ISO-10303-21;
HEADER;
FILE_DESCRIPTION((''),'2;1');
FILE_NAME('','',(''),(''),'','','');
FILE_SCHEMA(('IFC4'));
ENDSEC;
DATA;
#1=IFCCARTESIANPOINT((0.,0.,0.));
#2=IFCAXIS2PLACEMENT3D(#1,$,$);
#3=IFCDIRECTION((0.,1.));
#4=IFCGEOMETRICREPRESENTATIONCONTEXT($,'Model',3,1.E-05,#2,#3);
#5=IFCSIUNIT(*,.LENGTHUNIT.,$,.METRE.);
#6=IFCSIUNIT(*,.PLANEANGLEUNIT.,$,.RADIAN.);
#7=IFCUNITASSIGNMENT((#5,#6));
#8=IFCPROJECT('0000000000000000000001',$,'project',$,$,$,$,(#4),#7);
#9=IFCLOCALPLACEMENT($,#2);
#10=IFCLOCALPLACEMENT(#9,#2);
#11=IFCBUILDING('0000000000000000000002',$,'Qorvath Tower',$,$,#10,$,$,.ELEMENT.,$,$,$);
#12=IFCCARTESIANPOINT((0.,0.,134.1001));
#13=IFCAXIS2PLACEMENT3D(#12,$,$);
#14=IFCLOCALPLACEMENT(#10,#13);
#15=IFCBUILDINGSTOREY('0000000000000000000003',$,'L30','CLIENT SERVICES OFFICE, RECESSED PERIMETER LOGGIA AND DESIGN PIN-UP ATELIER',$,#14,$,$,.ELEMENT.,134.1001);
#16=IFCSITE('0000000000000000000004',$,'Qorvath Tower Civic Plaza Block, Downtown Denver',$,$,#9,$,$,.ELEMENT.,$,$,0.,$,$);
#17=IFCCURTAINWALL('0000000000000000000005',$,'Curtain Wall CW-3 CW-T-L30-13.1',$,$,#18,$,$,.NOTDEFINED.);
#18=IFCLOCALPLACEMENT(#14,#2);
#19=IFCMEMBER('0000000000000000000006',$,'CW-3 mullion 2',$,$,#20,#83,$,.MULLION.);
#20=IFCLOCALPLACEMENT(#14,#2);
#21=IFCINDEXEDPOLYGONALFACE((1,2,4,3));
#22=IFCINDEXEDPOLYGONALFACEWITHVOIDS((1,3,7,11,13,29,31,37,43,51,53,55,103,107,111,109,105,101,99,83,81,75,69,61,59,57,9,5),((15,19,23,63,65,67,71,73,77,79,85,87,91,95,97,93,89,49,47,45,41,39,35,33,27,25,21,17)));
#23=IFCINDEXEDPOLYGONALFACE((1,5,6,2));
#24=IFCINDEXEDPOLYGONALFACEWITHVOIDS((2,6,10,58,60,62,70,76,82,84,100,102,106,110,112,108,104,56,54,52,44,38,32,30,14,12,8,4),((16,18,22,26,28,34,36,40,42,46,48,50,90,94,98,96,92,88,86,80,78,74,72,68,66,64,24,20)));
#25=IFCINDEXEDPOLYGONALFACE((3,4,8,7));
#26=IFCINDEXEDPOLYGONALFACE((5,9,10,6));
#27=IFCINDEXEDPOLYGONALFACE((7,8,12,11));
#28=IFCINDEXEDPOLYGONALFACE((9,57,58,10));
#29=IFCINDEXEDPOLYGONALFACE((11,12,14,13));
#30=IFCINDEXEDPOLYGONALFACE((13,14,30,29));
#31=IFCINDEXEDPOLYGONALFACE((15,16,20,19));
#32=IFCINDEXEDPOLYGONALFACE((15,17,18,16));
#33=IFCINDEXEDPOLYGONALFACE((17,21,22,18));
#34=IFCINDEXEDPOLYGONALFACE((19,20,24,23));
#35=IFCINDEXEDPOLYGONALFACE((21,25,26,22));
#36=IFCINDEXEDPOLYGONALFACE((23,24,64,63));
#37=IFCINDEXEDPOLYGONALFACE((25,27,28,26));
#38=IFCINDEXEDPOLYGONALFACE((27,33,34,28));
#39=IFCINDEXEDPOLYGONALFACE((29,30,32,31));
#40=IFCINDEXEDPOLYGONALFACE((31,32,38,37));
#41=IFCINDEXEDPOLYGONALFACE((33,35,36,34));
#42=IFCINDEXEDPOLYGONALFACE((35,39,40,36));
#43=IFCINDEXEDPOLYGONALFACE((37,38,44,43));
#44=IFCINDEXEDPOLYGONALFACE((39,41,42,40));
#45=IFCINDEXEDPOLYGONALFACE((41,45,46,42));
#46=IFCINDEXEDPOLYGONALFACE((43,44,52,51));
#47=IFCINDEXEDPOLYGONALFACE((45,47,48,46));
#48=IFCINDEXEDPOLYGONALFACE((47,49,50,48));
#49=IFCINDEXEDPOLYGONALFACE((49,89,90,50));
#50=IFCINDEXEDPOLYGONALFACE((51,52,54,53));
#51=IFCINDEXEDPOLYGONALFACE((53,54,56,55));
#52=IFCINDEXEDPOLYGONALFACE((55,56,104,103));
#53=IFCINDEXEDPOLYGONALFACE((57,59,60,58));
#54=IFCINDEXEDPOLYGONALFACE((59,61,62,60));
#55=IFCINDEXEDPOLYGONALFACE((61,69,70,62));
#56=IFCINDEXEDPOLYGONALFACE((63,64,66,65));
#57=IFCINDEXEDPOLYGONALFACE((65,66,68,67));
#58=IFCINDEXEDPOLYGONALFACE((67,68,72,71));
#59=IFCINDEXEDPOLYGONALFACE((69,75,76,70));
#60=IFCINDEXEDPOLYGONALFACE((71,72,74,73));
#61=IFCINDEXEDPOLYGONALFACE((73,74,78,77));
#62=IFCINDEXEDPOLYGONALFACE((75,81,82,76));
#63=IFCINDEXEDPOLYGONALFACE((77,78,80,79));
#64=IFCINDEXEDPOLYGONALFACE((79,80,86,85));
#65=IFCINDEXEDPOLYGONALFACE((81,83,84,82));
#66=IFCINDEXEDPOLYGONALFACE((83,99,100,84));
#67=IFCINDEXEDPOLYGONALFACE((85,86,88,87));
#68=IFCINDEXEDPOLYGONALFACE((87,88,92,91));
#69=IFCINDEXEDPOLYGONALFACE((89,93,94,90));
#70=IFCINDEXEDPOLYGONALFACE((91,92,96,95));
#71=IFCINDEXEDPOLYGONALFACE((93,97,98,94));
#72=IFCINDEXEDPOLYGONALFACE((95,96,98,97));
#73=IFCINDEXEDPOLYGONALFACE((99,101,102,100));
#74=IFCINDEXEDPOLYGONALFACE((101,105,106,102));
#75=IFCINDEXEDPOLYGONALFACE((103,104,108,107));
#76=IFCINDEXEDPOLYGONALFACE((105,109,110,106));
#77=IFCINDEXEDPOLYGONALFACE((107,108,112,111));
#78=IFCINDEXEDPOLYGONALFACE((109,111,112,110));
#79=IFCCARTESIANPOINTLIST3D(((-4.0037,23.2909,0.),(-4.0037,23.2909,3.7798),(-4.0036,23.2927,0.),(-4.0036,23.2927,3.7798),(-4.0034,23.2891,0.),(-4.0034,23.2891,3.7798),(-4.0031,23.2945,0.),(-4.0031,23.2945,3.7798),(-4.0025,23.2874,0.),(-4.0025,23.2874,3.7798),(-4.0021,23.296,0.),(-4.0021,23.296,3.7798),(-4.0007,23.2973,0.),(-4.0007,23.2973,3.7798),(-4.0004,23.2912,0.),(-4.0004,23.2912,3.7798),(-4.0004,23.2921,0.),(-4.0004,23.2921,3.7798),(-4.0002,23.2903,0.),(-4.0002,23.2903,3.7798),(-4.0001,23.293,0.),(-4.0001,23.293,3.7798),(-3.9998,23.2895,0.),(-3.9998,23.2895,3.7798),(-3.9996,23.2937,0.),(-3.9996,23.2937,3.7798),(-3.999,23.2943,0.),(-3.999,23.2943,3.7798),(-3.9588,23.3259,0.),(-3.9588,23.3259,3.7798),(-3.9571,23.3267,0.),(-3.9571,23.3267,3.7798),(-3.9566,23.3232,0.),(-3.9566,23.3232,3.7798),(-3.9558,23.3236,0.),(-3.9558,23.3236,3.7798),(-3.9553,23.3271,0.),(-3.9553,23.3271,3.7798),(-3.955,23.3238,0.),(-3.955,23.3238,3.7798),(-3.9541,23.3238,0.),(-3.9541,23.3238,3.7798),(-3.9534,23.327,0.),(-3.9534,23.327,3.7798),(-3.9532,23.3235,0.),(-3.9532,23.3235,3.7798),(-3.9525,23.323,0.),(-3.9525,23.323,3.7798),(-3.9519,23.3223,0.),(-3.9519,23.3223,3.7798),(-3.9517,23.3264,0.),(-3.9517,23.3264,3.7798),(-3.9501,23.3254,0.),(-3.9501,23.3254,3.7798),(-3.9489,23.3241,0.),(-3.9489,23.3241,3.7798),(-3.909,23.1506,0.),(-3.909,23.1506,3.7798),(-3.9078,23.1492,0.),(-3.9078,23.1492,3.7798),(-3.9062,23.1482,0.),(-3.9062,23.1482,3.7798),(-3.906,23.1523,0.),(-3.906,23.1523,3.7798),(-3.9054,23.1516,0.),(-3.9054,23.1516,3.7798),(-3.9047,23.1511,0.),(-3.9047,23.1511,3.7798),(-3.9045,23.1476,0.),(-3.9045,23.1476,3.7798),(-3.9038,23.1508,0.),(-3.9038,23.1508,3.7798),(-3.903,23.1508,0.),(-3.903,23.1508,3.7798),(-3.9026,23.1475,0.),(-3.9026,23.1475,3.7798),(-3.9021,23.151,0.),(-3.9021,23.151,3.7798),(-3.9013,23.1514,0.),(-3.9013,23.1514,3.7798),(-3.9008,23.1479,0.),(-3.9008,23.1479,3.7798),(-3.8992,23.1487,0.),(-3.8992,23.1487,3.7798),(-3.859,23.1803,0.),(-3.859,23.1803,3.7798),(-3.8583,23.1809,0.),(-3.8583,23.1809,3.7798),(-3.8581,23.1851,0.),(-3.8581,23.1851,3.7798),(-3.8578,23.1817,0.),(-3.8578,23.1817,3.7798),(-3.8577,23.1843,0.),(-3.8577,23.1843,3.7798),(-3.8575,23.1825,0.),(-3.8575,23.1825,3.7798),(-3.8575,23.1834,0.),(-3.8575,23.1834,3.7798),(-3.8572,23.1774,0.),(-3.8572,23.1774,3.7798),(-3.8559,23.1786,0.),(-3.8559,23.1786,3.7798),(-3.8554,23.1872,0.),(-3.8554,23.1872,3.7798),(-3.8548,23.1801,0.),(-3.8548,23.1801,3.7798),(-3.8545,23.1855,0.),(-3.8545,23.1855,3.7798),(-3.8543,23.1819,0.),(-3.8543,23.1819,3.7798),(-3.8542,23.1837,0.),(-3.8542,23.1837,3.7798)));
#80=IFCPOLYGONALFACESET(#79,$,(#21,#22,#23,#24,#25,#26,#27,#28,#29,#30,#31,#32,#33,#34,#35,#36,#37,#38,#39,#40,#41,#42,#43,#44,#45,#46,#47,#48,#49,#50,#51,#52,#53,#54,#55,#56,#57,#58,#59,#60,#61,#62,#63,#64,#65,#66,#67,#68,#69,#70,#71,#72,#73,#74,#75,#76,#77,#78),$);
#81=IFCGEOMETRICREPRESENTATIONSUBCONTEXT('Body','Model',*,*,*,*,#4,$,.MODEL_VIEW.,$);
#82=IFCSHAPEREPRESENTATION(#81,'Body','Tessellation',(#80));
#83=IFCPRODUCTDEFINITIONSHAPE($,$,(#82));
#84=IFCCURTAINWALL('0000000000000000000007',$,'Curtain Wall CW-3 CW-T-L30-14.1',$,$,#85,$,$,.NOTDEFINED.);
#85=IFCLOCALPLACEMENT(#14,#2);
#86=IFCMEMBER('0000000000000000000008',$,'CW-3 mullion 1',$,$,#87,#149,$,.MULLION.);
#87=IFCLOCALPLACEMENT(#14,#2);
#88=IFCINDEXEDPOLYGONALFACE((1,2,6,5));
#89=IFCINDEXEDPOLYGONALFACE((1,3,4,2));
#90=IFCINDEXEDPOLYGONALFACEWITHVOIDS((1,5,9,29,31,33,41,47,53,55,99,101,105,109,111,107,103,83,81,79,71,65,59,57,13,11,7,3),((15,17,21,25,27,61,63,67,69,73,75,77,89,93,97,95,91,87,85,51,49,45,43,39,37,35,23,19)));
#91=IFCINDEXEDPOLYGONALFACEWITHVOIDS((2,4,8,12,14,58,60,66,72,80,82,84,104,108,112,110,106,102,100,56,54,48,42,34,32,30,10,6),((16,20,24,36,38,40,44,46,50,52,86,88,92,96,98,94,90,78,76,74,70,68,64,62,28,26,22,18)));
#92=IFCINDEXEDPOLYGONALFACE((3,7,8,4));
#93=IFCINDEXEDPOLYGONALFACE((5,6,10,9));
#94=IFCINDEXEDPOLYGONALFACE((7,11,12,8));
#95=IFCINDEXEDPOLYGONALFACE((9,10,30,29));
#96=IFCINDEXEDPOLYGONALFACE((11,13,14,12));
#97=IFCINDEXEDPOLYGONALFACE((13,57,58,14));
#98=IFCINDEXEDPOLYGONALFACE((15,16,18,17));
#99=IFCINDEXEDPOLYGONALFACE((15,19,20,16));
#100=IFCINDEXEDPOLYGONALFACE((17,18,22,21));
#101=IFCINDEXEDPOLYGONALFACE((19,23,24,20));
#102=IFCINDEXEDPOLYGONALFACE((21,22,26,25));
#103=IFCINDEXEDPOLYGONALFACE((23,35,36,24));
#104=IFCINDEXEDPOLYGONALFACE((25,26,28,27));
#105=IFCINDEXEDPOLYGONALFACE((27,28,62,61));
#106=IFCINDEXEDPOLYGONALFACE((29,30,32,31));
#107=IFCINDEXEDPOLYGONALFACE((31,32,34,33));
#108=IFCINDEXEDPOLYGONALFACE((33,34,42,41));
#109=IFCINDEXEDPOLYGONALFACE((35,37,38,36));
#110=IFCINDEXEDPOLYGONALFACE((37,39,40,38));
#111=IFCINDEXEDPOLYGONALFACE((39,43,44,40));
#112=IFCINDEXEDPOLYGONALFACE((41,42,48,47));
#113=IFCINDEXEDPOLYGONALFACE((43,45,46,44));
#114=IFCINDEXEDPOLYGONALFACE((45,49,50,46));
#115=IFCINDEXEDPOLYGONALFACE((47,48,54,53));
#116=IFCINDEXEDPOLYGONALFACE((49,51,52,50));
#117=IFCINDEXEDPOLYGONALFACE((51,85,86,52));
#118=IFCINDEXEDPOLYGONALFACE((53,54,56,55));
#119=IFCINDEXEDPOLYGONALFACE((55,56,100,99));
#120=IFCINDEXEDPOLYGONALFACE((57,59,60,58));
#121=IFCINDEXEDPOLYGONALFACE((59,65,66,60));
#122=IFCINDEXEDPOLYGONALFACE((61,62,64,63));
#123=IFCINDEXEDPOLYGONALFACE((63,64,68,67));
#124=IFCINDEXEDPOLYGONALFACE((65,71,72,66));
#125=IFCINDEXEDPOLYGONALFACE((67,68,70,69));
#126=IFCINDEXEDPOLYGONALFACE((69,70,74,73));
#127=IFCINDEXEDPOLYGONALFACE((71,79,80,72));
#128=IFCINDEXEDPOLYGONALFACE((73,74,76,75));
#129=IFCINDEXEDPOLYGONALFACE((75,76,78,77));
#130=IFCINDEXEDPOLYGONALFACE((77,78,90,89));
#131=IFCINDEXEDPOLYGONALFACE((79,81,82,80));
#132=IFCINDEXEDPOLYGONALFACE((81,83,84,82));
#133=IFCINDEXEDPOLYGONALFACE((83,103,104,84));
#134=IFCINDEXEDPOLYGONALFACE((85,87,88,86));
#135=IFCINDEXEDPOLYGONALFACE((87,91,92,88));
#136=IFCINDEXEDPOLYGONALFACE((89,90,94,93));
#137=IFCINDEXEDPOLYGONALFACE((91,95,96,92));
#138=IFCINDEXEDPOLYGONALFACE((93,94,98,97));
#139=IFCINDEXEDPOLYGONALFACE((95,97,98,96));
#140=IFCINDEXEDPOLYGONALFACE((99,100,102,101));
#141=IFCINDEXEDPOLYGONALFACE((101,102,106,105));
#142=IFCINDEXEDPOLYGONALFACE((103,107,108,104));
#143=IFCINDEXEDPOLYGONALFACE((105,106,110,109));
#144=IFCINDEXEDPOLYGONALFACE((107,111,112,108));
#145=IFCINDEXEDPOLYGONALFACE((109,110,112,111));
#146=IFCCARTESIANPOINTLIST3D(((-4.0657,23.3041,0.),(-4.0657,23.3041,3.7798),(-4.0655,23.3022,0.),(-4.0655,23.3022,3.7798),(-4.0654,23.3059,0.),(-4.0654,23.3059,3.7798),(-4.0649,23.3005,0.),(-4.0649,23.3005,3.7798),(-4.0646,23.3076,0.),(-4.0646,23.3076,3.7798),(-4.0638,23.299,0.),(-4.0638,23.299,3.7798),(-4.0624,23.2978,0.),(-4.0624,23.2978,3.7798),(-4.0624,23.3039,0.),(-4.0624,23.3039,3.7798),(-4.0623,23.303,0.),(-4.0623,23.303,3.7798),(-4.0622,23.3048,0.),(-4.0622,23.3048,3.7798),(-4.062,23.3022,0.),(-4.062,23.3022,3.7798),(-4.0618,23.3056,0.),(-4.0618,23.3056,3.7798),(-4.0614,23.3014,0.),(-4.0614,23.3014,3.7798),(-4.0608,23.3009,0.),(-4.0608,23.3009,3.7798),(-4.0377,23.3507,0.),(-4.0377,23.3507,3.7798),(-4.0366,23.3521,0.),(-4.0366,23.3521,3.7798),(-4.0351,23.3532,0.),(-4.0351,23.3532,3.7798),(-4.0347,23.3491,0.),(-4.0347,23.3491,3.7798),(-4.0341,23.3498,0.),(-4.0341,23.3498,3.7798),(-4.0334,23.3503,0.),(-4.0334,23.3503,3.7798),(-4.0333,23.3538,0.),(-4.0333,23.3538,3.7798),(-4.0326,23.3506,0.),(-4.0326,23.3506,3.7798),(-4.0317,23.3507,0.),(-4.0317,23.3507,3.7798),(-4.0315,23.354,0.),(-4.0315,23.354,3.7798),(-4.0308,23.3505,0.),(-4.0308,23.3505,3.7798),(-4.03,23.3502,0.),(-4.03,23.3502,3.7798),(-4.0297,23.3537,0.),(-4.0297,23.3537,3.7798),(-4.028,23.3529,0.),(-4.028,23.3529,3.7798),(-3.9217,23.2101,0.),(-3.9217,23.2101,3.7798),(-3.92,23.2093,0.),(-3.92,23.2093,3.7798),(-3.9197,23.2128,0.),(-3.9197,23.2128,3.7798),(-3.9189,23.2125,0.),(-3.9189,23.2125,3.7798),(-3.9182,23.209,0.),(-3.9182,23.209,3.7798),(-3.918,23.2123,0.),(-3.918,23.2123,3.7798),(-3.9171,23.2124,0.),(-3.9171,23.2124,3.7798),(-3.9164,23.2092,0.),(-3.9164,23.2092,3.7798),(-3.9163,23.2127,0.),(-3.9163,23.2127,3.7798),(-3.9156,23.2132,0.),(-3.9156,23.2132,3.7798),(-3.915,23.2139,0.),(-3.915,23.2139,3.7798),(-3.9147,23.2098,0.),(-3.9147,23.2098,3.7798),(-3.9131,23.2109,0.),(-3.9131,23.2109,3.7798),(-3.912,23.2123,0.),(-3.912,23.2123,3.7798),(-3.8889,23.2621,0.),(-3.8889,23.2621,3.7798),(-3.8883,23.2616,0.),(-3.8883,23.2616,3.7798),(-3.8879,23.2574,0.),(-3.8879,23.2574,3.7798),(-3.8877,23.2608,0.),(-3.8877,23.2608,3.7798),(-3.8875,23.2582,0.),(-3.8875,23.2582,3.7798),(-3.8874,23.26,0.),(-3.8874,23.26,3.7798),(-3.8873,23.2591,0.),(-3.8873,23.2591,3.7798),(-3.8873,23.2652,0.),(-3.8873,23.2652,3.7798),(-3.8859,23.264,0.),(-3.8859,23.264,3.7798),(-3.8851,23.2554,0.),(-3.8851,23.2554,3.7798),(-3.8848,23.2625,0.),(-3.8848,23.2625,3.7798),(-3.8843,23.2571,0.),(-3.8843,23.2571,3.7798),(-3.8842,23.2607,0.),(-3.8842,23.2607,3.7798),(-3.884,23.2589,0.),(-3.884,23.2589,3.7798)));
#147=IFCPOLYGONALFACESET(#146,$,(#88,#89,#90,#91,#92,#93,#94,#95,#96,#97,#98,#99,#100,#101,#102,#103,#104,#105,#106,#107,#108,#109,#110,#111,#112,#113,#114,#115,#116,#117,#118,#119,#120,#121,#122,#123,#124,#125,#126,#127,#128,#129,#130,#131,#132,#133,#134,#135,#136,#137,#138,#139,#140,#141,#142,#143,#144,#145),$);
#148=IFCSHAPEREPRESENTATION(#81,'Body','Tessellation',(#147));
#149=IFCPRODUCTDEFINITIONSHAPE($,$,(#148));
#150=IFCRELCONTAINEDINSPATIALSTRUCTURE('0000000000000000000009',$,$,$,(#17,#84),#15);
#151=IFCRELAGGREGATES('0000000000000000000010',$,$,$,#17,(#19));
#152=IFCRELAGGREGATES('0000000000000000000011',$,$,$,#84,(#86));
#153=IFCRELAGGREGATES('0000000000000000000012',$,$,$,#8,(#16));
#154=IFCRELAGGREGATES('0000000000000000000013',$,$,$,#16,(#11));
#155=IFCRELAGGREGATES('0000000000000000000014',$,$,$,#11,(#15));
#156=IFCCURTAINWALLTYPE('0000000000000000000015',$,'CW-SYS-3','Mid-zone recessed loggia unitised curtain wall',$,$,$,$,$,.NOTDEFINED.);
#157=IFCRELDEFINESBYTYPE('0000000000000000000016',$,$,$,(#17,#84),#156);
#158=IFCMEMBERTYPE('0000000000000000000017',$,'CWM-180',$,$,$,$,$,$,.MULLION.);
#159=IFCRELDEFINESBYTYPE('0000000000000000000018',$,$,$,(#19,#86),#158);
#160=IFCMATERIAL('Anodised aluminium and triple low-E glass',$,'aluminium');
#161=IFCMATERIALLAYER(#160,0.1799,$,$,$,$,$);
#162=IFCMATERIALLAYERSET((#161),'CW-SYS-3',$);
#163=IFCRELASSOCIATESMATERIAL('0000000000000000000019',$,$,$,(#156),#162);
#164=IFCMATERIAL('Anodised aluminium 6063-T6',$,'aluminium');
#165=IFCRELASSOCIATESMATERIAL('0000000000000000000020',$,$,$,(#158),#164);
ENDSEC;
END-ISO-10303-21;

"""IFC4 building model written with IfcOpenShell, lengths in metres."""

from ifc_helpers import new_model, si_unit, direction, frame, origin, origin_2d, place, context, subcontext, project, spatial, hollow_rectangle, extrude, material, layer, layer_set, material_profile, profile_set, type_object, element, aggregate, save


model = new_model("IFC4")

# Units and contexts
model_context = context("Model", 3, precision=1e-05, world=origin(), true_north=direction((0.0, 1.0)))
body_context = subcontext(model_context, "Body", "Model", "MODEL_VIEW")
ifc_project = project(units=[si_unit("LENGTHUNIT", "METRE"), si_unit("PLANEANGLEUNIT", "RADIAN")], contexts=[model_context])

# Site, building, storey
site_placement = place(None, origin())
site = spatial("IfcSite", under=ifc_project, at=site_placement, Name="Qorvath Tower Civic Plaza Block, Downtown Denver", CompositionType="ELEMENT", RefElevation=0.0)
building_placement = place(site_placement, origin())
building = spatial("IfcBuilding", under=site, at=building_placement, Name="Qorvath Tower", CompositionType="ELEMENT")
storey_placement = place(building_placement, frame((0.0, 0.0, 134.1001)))
storey = spatial("IfcBuildingStorey", under=building, at=storey_placement, Name="L30", Description="CLIENT SERVICES OFFICE, RECESSED PERIMETER LOGGIA AND DESIGN PIN-UP ATELIER", CompositionType="ELEMENT", Elevation=134.1001)

# Shared definitions
ifc_material_1 = material(Name="Anodised aluminium and triple low-E glass", Category="aluminium")
ifc_layer_1 = layer(ifc_material_1, 0.1799)
ifc_layer_set_1 = layer_set([ifc_layer_1], Name="CW-SYS-3")
curtain_wall_type = type_object("IfcCurtainWallType", Name="CW-SYS-3", Description="Mid-zone recessed loggia unitised curtain wall", PredefinedType="NOTDEFINED", material=ifc_layer_set_1)
ifc_material_2 = material(Name="Anodised aluminium 6063-T6", Category="aluminium")
ifc_material_profile_1 = material_profile(ifc_material_2, hollow_rectangle(XDim=0.0649, YDim=0.1799, WallThickness=0.0034, InnerFilletRadius=0.0034, OuterFilletRadius=0.0071, at=origin_2d()), Name="CWM 180x65")
ifc_profile_set_1 = profile_set([ifc_material_profile_1], Name="Anodised aluminium 6063-T6")
member_type_1 = type_object("IfcMemberType", Name="CWM-180", PredefinedType="MULLION", material=ifc_profile_set_1)

# Curtain walls, members
curtain_wall_1_placement = place(storey_placement, origin())
curtain_wall_1 = element("IfcCurtainWall", 1, at=curtain_wall_1_placement, inside=storey, type_object=curtain_wall_type, Name="Curtain Wall CW-3 CW-T-L30-13.1", PredefinedType="NOTDEFINED")
member_1_placement = place(storey_placement, frame((-3.929, 23.2373, 0.0), z_axis=(0.0, 0.0, 1.0), x_axis=(-0.825623, -0.564223, 0.0)))
member_1 = element("IfcMember", 2, at=member_1_placement, type_object=member_type_1, Name="CW-3 mullion 2", PredefinedType="MULLION", context=body_context, shape_type="SweptSolid", body=[
    extrude(hollow_rectangle(XDim=0.0649, YDim=0.1799, WallThickness=0.0034, InnerFilletRadius=0.0034, OuterFilletRadius=0.0071, at=origin_2d()), origin(), (0.0, 0.0, 1.0), 3.7798),
])
curtain_wall_2_placement = place(storey_placement, origin())
curtain_wall_2 = element("IfcCurtainWall", 3, at=curtain_wall_2_placement, inside=storey, type_object=curtain_wall_type, Name="Curtain Wall CW-3 CW-T-L30-14.1", PredefinedType="NOTDEFINED")
member_2_placement = place(storey_placement, frame((-3.9749, 23.2815, 0.0), z_axis=(0.0, 0.0, 1.0), x_axis=(-0.52944, -0.848347, 0.0)))
member_2 = element("IfcMember", 4, at=member_2_placement, type_object=member_type_1, Name="CW-3 mullion 1", PredefinedType="MULLION", context=body_context, shape_type="SweptSolid", body=[
    extrude(hollow_rectangle(XDim=0.0649, YDim=0.1799, WallThickness=0.0034, InnerFilletRadius=0.0034, OuterFilletRadius=0.0071, at=origin_2d()), origin(), (0.0, 0.0, 1.0), 3.7798),
])

aggregate(curtain_wall_1, [member_1])
aggregate(curtain_wall_2, [member_2])

save(model, "model.ifc")
